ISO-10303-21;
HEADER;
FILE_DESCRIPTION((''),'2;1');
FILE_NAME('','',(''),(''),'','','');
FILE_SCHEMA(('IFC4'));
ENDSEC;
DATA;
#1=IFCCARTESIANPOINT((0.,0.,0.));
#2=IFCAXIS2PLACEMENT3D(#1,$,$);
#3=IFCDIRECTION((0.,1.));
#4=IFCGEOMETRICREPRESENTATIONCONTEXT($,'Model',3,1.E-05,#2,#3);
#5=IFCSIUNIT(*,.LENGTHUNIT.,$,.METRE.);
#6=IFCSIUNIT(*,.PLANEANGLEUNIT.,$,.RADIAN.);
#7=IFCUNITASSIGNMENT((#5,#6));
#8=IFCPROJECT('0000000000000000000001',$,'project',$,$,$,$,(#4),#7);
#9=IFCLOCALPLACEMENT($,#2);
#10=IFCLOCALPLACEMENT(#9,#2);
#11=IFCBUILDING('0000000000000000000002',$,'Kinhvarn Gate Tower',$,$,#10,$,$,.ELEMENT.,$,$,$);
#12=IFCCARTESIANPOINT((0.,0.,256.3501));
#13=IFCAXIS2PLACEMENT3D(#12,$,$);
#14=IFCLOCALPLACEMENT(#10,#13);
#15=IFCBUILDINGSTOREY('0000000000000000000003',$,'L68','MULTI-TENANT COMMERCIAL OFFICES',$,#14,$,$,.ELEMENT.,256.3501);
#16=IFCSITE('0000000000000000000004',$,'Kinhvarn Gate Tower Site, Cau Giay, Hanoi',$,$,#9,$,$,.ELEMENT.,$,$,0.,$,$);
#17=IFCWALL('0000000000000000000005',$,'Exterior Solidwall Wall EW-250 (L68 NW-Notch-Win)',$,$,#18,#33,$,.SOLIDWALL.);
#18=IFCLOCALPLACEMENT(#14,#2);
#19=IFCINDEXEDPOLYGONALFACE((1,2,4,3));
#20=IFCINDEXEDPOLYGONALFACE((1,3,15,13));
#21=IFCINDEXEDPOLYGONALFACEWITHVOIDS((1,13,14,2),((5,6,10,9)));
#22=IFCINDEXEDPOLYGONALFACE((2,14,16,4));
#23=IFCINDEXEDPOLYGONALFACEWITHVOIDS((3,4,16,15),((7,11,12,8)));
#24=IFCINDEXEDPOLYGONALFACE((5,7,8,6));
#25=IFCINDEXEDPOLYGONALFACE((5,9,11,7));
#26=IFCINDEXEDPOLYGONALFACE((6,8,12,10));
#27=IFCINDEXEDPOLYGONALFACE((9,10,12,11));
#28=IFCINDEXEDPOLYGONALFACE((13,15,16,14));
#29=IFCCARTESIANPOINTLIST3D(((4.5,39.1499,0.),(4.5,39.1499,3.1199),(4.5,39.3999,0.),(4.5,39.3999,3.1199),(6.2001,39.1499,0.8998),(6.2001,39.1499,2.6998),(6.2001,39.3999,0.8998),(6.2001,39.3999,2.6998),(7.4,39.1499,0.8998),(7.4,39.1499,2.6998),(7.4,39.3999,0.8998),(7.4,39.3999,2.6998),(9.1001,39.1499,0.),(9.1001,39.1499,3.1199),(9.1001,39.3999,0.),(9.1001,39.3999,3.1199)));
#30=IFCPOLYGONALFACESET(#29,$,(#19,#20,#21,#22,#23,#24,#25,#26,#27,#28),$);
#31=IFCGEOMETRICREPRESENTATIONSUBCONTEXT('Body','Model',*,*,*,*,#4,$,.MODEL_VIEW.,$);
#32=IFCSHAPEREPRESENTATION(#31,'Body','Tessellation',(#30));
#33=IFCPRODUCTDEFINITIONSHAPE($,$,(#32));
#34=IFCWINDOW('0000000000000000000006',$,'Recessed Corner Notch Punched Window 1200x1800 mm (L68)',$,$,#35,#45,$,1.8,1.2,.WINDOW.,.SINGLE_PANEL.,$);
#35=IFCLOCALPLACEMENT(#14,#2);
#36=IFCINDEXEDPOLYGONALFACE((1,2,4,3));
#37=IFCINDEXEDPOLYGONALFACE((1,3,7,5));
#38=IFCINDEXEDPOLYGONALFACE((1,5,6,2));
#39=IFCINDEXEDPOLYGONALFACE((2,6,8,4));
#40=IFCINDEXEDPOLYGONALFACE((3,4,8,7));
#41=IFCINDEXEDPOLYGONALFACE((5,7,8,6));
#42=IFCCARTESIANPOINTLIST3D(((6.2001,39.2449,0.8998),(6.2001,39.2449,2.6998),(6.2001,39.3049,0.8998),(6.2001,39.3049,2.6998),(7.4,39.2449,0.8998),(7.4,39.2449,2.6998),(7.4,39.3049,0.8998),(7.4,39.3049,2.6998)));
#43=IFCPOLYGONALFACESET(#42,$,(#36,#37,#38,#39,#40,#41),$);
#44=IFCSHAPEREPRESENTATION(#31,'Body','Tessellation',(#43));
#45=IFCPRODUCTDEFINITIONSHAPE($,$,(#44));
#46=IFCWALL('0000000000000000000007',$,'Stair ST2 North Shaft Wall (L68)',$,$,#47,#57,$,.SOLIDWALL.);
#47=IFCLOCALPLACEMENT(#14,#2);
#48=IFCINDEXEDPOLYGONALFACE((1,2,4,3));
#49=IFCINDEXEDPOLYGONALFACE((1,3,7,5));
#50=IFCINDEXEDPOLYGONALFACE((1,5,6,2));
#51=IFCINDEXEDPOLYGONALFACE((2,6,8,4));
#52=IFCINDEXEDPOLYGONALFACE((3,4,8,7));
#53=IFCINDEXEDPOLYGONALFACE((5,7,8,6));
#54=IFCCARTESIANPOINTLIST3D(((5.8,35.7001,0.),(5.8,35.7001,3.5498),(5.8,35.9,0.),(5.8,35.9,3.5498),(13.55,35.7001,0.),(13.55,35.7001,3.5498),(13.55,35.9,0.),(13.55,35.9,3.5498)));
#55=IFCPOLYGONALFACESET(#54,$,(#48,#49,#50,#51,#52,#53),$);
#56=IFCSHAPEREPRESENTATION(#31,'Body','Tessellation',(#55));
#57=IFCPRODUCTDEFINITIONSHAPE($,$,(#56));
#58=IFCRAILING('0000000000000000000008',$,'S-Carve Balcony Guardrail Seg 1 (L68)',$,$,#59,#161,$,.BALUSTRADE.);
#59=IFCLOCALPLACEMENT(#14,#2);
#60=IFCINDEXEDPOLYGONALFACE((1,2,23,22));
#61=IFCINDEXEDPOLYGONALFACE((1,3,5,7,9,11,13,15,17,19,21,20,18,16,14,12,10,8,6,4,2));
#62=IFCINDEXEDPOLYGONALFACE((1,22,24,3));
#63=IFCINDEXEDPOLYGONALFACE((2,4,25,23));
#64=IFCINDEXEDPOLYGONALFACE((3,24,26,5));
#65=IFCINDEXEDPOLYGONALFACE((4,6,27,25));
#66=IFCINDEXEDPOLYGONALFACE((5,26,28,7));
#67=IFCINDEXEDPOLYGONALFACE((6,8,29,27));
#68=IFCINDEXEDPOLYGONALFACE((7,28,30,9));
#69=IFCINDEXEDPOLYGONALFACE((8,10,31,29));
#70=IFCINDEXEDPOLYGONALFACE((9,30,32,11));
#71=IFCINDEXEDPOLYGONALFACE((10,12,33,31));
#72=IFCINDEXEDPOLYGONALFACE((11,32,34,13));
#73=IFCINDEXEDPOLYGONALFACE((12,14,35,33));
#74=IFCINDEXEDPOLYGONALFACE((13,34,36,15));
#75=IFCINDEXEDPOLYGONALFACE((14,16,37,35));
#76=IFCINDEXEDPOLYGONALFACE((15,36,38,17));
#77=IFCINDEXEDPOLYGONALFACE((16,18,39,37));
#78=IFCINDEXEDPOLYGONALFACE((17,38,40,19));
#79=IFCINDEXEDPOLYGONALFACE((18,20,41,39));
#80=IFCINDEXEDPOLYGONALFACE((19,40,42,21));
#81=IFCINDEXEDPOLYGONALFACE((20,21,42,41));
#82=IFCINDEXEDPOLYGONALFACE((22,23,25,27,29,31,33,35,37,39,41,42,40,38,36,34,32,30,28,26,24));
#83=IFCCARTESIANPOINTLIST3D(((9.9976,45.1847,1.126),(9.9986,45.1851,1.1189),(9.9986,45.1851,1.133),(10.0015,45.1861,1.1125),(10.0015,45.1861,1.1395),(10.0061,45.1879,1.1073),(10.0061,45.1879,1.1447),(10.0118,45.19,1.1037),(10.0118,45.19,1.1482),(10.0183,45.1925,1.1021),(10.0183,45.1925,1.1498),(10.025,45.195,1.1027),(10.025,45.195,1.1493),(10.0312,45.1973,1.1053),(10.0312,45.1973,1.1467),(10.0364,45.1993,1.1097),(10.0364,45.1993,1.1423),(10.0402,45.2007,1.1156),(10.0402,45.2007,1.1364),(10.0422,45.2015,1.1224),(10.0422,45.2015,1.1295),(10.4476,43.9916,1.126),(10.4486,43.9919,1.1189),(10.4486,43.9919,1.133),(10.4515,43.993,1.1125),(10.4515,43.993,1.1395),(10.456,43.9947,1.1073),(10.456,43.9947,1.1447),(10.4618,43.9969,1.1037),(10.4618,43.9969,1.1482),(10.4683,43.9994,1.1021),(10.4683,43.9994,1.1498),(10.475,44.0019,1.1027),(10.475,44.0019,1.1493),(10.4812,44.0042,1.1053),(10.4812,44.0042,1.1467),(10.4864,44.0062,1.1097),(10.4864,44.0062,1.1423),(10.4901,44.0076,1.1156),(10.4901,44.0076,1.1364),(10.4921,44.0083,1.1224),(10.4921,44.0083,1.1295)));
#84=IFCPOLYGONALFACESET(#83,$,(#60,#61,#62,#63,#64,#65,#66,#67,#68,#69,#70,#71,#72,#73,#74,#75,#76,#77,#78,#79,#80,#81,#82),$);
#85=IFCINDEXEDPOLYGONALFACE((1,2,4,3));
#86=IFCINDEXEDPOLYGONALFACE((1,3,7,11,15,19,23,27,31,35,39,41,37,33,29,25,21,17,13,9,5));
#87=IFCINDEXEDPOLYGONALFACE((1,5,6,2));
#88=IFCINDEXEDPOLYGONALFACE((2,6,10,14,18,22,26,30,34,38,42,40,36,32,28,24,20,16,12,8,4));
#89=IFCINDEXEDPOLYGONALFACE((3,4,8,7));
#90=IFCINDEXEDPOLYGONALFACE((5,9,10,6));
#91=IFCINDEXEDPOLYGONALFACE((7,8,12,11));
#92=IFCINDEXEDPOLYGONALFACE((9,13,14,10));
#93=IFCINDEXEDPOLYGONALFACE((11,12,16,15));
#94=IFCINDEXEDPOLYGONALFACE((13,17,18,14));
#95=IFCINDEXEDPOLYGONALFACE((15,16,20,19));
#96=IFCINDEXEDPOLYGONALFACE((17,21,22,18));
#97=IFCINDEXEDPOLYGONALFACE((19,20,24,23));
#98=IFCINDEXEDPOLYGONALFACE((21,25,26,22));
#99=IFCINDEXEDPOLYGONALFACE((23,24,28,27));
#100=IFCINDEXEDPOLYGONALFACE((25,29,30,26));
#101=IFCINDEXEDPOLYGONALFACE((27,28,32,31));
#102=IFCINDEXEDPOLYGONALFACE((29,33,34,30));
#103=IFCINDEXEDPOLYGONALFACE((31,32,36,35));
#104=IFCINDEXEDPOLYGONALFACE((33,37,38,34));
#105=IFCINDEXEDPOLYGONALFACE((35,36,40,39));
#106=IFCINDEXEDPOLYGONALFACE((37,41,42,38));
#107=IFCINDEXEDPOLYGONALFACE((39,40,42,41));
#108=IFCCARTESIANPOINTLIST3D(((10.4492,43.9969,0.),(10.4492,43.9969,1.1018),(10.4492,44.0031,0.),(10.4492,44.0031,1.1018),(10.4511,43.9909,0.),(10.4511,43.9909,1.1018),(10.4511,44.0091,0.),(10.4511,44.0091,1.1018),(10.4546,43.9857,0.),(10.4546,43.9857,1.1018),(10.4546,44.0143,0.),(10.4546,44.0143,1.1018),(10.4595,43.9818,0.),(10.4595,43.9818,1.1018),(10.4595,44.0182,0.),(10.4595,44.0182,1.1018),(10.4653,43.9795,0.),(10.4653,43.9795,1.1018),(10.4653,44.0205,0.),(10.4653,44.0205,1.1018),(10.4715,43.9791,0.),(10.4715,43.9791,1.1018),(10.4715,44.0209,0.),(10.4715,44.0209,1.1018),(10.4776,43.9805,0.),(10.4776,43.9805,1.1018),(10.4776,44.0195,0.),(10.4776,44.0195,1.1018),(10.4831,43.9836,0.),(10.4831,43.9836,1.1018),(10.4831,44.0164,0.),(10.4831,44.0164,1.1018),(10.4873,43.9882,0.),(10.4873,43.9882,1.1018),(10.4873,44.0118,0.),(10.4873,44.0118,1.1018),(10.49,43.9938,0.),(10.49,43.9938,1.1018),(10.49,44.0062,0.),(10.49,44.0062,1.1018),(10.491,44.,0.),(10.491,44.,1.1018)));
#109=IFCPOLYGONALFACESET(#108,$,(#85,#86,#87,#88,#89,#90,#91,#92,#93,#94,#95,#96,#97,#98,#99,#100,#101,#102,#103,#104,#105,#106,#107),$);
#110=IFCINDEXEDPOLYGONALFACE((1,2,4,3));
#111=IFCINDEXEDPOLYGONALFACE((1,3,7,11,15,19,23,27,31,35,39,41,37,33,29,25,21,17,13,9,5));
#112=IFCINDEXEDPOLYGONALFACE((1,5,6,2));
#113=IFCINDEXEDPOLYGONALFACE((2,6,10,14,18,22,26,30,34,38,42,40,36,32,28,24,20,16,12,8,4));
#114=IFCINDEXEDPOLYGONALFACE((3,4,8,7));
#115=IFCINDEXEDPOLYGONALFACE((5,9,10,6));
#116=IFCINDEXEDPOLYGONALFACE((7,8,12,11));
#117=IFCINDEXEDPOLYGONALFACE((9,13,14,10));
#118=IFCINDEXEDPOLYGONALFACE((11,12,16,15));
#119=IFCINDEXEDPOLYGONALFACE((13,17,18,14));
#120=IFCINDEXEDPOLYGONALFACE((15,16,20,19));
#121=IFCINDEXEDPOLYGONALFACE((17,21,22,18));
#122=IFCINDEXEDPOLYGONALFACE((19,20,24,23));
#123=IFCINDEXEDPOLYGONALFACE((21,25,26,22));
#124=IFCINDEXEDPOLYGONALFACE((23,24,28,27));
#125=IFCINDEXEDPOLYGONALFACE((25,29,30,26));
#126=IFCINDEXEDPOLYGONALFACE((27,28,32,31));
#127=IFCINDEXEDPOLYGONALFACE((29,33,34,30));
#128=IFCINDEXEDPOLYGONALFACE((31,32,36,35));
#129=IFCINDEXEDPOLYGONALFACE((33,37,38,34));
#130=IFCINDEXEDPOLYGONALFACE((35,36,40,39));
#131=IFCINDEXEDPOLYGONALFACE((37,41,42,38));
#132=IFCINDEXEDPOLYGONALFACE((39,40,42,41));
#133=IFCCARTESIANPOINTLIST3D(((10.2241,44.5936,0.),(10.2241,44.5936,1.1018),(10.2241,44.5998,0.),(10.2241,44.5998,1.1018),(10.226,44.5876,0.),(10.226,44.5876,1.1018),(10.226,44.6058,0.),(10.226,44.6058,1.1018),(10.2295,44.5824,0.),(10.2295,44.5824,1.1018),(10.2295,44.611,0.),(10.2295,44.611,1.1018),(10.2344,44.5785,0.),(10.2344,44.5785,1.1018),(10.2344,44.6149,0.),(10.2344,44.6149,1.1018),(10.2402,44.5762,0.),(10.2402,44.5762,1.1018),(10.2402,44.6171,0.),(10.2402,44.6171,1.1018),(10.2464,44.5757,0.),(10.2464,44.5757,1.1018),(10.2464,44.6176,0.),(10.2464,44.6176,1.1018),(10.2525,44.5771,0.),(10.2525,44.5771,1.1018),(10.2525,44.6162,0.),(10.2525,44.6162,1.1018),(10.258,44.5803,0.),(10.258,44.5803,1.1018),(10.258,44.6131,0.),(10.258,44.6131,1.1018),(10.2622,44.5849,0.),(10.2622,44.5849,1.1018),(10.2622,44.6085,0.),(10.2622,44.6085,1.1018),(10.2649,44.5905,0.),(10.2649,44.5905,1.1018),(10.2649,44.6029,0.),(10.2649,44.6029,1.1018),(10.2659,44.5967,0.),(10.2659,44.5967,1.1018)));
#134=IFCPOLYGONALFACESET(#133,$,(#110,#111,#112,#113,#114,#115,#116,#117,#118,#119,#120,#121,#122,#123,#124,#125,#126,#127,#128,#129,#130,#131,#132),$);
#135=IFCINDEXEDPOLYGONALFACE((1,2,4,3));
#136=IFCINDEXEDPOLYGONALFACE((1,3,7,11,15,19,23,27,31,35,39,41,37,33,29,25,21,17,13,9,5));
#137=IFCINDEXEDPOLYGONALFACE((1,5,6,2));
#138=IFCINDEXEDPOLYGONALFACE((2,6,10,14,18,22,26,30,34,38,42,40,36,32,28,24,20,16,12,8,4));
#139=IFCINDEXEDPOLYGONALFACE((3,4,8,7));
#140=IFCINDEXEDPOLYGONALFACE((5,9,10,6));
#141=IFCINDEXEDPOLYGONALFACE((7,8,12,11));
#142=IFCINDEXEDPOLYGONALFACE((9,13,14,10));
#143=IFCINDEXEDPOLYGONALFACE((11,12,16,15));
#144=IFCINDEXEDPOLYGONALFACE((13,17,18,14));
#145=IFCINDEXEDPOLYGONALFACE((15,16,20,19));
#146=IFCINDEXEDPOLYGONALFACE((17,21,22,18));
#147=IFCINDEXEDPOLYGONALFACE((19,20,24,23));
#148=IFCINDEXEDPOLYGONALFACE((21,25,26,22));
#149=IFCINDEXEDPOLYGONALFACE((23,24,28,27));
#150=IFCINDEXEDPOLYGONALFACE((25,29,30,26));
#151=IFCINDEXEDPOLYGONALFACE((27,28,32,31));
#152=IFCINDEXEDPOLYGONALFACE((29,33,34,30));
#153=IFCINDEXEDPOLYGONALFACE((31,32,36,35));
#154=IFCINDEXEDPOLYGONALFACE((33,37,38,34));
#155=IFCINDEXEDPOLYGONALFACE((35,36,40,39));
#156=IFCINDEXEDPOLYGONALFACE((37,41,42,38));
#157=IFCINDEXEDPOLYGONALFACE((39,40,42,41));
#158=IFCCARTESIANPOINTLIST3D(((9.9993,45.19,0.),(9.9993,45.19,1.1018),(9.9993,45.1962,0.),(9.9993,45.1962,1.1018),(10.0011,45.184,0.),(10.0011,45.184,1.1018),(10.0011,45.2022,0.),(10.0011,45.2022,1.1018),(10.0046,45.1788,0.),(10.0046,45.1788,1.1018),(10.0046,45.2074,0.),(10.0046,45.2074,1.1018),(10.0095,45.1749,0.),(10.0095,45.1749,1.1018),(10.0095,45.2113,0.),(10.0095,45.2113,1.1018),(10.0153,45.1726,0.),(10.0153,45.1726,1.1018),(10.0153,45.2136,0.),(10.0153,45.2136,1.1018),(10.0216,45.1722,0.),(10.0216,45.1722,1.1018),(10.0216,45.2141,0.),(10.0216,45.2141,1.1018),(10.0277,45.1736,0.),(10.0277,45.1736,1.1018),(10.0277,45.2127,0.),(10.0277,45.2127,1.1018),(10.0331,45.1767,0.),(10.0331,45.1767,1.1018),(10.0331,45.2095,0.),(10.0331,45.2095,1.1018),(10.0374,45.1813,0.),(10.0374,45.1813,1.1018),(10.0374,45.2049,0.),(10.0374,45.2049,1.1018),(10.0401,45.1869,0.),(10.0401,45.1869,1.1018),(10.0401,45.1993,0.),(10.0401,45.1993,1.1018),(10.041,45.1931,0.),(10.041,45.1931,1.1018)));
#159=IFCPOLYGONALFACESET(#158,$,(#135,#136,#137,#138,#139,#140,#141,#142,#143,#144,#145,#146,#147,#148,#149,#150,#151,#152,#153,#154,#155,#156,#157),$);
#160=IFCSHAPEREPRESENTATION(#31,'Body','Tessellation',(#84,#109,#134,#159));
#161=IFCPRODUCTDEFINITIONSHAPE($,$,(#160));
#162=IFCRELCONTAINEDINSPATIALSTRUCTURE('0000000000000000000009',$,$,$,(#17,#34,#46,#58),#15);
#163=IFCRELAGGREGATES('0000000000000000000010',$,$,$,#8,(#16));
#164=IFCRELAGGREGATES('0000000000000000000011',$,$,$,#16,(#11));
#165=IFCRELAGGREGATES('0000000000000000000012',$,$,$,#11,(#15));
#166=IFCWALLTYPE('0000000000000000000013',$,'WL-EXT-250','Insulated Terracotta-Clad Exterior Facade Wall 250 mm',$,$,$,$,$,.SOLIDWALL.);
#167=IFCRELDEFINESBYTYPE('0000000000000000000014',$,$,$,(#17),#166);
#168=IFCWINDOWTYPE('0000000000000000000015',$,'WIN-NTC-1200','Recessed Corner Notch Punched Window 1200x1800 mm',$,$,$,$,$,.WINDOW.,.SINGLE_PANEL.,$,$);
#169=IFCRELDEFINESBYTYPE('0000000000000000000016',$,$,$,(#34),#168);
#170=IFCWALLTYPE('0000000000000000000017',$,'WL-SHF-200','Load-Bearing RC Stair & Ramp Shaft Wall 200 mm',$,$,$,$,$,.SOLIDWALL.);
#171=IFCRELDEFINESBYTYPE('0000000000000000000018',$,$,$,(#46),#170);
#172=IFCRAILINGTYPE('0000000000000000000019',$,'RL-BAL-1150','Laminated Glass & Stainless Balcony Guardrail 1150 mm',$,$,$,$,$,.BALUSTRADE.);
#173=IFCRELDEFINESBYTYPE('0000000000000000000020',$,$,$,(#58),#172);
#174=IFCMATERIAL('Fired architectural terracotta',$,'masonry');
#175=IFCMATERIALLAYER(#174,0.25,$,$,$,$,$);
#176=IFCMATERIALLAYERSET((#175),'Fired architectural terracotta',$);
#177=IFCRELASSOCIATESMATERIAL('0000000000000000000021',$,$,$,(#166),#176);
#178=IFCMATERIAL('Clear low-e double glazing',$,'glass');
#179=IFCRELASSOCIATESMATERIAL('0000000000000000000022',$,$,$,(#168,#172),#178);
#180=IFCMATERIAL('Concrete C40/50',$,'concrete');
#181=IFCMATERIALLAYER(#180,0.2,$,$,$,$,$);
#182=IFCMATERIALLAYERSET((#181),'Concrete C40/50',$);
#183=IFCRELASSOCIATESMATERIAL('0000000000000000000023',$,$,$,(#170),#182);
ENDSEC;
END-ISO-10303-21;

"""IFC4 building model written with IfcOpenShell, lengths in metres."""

from ifc_helpers import new_model, si_unit, direction, frame, frame_2d, origin, origin_2d, place, context, subcontext, project, spatial, rectangle, circle, extrude, material, layer, layer_set, type_object, element, fill, save


model = new_model("IFC4")

# Units and contexts
model_context = context("Model", 3, precision=1e-05, world=origin(), true_north=direction((0.0, 1.0)))
body_context = subcontext(model_context, "Body", "Model", "MODEL_VIEW")
ifc_project = project(units=[si_unit("LENGTHUNIT", "METRE"), si_unit("PLANEANGLEUNIT", "RADIAN")], contexts=[model_context])

# Site, building, storey
site_placement = place(None, origin())
site = spatial("IfcSite", under=ifc_project, at=site_placement, Name="Kinhvarn Gate Tower Site, Cau Giay, Hanoi", CompositionType="ELEMENT", RefElevation=0.0)
building_placement = place(site_placement, origin())
building = spatial("IfcBuilding", under=site, at=building_placement, Name="Kinhvarn Gate Tower", CompositionType="ELEMENT")
storey_placement = place(building_placement, frame((0.0, 0.0, 256.3501)))
storey = spatial("IfcBuildingStorey", under=building, at=storey_placement, Name="L68", Description="MULTI-TENANT COMMERCIAL OFFICES", CompositionType="ELEMENT", Elevation=256.3501)

# Shared definitions
ifc_material_1 = material(Name="Fired architectural terracotta", Category="masonry")
ifc_layer_1 = layer(ifc_material_1, 0.25)
ifc_layer_set_1 = layer_set([ifc_layer_1], Name="Fired architectural terracotta")
wall_type_1 = type_object("IfcWallType", Name="WL-EXT-250", Description="Insulated Terracotta-Clad Exterior Facade Wall 250 mm", PredefinedType="SOLIDWALL", material=ifc_layer_set_1)

# Shared definitions
ifc_material_2 = material(Name="Clear low-e double glazing", Category="glass")

# Wall, opening, window
wall_1_placement = place(storey_placement, frame((9.1001, 39.2749, 0.0), z_axis=(0.0, 0.0, 1.0), x_axis=(-1.0, 0.0, 0.0)))
wall_1 = element("IfcWall", 1, at=wall_1_placement, inside=storey, type_object=wall_type_1, Name="Exterior Solidwall Wall EW-250 (L68 NW-Notch-Win)", PredefinedType="SOLIDWALL", context=body_context, shape_type="SweptSolid", body=[
    extrude(rectangle(XDim=4.6001, YDim=0.25, at=frame_2d((2.3, 0.0))), origin(), (0.0, 0.0, 1.0), 3.1199),
])
opening_1_placement = place(wall_1_placement, frame((1.7, 0.0, 0.8999)))
opening_1 = element("IfcOpeningElement", 2, at=opening_1_placement, cuts=wall_1, PredefinedType="OPENING", context=body_context, shape_type="SweptSolid", body=[
    extrude(rectangle(XDim=1.2, YDim=1.8, at=frame_2d((0.6001, 0.8999))), frame((0.0, 0.135, 0.0), z_axis=(0.0, -1.0, 0.0), x_axis=(1.0, 0.0, 0.0)), (0.0, 0.0, 1.0), 0.27),
])
window_type = type_object("IfcWindowType", Name="WIN-NTC-1200", Description="Recessed Corner Notch Punched Window 1200x1800 mm", PartitioningType="SINGLE_PANEL", PredefinedType="WINDOW", material=ifc_material_2)
window_placement = place(opening_1_placement, origin())
window = element("IfcWindow", 3, at=window_placement, inside=storey, type_object=window_type, Name="Recessed Corner Notch Punched Window 1200x1800 mm (L68)", OverallHeight=1.8, OverallWidth=1.2, PartitioningType="SINGLE_PANEL", PredefinedType="WINDOW", context=body_context, shape_type="SweptSolid", body=[
    extrude(rectangle(XDim=1.2, YDim=1.8, at=frame_2d((0.6001, 0.8999))), frame((0.0, 0.03, 0.0), z_axis=(0.0, -1.0, 0.0), x_axis=(1.0, 0.0, 0.0)), (0.0, 0.0, 1.0), 0.0601),
])
fill(opening_1, window)

# Wall
ifc_material_3 = material(Name="Concrete C40/50", Category="concrete")
ifc_layer_2 = layer(ifc_material_3, 0.2)
ifc_layer_set_2 = layer_set([ifc_layer_2], Name="Concrete C40/50")
wall_type_2 = type_object("IfcWallType", Name="WL-SHF-200", Description="Load-Bearing RC Stair & Ramp Shaft Wall 200 mm", PredefinedType="SOLIDWALL", material=ifc_layer_set_2)
wall_2_placement = place(storey_placement, frame((5.8, 35.8, 0.0), z_axis=(0.0, 0.0, 1.0), x_axis=(1.0, 0.0, 0.0)))
element("IfcWall", 4, at=wall_2_placement, inside=storey, type_object=wall_type_2, Name="Stair ST2 North Shaft Wall (L68)", PredefinedType="SOLIDWALL", context=body_context, shape_type="SweptSolid", body=[
    extrude(rectangle(XDim=7.75, YDim=0.2, at=frame_2d((3.875, 0.0))), origin(), (0.0, 0.0, 1.0), 3.5498),
])

# Railing
railing_type = type_object("IfcRailingType", Name="RL-BAL-1150", Description="Laminated Glass & Stainless Balcony Guardrail 1150 mm", PredefinedType="BALUSTRADE", material=ifc_material_2)
railing_1_placement = place(storey_placement, frame((10.47, 44.0, 0.0)))
element("IfcRailing", 5, at=railing_1_placement, inside=storey, type_object=railing_type, Name="S-Carve Balcony Guardrail Seg 1 (L68)", PredefinedType="BALUSTRADE", context=body_context, shape_type="SweptSolid", body=[
    extrude(circle(Radius=0.0239, at=origin_2d()), frame((0.0, 0.0, 1.126), z_axis=(-0.352864, 0.935674, 0.0), x_axis=(-0.935674, -0.352864, 0.0)), (0.0, 0.0, 1.0), 1.2751),
    extrude(circle(Radius=0.021, at=origin_2d()), origin(), (0.0, 0.0, 1.0), 1.1018),
    extrude(circle(Radius=0.021, at=origin_2d()), frame((-0.2251, 0.5967, 0.0)), (0.0, 0.0, 1.0), 1.1018),
    extrude(circle(Radius=0.021, at=origin_2d()), frame((-0.45, 1.1931, 0.0)), (0.0, 0.0, 1.0), 1.1018),
])

save(model, "model.ifc")
